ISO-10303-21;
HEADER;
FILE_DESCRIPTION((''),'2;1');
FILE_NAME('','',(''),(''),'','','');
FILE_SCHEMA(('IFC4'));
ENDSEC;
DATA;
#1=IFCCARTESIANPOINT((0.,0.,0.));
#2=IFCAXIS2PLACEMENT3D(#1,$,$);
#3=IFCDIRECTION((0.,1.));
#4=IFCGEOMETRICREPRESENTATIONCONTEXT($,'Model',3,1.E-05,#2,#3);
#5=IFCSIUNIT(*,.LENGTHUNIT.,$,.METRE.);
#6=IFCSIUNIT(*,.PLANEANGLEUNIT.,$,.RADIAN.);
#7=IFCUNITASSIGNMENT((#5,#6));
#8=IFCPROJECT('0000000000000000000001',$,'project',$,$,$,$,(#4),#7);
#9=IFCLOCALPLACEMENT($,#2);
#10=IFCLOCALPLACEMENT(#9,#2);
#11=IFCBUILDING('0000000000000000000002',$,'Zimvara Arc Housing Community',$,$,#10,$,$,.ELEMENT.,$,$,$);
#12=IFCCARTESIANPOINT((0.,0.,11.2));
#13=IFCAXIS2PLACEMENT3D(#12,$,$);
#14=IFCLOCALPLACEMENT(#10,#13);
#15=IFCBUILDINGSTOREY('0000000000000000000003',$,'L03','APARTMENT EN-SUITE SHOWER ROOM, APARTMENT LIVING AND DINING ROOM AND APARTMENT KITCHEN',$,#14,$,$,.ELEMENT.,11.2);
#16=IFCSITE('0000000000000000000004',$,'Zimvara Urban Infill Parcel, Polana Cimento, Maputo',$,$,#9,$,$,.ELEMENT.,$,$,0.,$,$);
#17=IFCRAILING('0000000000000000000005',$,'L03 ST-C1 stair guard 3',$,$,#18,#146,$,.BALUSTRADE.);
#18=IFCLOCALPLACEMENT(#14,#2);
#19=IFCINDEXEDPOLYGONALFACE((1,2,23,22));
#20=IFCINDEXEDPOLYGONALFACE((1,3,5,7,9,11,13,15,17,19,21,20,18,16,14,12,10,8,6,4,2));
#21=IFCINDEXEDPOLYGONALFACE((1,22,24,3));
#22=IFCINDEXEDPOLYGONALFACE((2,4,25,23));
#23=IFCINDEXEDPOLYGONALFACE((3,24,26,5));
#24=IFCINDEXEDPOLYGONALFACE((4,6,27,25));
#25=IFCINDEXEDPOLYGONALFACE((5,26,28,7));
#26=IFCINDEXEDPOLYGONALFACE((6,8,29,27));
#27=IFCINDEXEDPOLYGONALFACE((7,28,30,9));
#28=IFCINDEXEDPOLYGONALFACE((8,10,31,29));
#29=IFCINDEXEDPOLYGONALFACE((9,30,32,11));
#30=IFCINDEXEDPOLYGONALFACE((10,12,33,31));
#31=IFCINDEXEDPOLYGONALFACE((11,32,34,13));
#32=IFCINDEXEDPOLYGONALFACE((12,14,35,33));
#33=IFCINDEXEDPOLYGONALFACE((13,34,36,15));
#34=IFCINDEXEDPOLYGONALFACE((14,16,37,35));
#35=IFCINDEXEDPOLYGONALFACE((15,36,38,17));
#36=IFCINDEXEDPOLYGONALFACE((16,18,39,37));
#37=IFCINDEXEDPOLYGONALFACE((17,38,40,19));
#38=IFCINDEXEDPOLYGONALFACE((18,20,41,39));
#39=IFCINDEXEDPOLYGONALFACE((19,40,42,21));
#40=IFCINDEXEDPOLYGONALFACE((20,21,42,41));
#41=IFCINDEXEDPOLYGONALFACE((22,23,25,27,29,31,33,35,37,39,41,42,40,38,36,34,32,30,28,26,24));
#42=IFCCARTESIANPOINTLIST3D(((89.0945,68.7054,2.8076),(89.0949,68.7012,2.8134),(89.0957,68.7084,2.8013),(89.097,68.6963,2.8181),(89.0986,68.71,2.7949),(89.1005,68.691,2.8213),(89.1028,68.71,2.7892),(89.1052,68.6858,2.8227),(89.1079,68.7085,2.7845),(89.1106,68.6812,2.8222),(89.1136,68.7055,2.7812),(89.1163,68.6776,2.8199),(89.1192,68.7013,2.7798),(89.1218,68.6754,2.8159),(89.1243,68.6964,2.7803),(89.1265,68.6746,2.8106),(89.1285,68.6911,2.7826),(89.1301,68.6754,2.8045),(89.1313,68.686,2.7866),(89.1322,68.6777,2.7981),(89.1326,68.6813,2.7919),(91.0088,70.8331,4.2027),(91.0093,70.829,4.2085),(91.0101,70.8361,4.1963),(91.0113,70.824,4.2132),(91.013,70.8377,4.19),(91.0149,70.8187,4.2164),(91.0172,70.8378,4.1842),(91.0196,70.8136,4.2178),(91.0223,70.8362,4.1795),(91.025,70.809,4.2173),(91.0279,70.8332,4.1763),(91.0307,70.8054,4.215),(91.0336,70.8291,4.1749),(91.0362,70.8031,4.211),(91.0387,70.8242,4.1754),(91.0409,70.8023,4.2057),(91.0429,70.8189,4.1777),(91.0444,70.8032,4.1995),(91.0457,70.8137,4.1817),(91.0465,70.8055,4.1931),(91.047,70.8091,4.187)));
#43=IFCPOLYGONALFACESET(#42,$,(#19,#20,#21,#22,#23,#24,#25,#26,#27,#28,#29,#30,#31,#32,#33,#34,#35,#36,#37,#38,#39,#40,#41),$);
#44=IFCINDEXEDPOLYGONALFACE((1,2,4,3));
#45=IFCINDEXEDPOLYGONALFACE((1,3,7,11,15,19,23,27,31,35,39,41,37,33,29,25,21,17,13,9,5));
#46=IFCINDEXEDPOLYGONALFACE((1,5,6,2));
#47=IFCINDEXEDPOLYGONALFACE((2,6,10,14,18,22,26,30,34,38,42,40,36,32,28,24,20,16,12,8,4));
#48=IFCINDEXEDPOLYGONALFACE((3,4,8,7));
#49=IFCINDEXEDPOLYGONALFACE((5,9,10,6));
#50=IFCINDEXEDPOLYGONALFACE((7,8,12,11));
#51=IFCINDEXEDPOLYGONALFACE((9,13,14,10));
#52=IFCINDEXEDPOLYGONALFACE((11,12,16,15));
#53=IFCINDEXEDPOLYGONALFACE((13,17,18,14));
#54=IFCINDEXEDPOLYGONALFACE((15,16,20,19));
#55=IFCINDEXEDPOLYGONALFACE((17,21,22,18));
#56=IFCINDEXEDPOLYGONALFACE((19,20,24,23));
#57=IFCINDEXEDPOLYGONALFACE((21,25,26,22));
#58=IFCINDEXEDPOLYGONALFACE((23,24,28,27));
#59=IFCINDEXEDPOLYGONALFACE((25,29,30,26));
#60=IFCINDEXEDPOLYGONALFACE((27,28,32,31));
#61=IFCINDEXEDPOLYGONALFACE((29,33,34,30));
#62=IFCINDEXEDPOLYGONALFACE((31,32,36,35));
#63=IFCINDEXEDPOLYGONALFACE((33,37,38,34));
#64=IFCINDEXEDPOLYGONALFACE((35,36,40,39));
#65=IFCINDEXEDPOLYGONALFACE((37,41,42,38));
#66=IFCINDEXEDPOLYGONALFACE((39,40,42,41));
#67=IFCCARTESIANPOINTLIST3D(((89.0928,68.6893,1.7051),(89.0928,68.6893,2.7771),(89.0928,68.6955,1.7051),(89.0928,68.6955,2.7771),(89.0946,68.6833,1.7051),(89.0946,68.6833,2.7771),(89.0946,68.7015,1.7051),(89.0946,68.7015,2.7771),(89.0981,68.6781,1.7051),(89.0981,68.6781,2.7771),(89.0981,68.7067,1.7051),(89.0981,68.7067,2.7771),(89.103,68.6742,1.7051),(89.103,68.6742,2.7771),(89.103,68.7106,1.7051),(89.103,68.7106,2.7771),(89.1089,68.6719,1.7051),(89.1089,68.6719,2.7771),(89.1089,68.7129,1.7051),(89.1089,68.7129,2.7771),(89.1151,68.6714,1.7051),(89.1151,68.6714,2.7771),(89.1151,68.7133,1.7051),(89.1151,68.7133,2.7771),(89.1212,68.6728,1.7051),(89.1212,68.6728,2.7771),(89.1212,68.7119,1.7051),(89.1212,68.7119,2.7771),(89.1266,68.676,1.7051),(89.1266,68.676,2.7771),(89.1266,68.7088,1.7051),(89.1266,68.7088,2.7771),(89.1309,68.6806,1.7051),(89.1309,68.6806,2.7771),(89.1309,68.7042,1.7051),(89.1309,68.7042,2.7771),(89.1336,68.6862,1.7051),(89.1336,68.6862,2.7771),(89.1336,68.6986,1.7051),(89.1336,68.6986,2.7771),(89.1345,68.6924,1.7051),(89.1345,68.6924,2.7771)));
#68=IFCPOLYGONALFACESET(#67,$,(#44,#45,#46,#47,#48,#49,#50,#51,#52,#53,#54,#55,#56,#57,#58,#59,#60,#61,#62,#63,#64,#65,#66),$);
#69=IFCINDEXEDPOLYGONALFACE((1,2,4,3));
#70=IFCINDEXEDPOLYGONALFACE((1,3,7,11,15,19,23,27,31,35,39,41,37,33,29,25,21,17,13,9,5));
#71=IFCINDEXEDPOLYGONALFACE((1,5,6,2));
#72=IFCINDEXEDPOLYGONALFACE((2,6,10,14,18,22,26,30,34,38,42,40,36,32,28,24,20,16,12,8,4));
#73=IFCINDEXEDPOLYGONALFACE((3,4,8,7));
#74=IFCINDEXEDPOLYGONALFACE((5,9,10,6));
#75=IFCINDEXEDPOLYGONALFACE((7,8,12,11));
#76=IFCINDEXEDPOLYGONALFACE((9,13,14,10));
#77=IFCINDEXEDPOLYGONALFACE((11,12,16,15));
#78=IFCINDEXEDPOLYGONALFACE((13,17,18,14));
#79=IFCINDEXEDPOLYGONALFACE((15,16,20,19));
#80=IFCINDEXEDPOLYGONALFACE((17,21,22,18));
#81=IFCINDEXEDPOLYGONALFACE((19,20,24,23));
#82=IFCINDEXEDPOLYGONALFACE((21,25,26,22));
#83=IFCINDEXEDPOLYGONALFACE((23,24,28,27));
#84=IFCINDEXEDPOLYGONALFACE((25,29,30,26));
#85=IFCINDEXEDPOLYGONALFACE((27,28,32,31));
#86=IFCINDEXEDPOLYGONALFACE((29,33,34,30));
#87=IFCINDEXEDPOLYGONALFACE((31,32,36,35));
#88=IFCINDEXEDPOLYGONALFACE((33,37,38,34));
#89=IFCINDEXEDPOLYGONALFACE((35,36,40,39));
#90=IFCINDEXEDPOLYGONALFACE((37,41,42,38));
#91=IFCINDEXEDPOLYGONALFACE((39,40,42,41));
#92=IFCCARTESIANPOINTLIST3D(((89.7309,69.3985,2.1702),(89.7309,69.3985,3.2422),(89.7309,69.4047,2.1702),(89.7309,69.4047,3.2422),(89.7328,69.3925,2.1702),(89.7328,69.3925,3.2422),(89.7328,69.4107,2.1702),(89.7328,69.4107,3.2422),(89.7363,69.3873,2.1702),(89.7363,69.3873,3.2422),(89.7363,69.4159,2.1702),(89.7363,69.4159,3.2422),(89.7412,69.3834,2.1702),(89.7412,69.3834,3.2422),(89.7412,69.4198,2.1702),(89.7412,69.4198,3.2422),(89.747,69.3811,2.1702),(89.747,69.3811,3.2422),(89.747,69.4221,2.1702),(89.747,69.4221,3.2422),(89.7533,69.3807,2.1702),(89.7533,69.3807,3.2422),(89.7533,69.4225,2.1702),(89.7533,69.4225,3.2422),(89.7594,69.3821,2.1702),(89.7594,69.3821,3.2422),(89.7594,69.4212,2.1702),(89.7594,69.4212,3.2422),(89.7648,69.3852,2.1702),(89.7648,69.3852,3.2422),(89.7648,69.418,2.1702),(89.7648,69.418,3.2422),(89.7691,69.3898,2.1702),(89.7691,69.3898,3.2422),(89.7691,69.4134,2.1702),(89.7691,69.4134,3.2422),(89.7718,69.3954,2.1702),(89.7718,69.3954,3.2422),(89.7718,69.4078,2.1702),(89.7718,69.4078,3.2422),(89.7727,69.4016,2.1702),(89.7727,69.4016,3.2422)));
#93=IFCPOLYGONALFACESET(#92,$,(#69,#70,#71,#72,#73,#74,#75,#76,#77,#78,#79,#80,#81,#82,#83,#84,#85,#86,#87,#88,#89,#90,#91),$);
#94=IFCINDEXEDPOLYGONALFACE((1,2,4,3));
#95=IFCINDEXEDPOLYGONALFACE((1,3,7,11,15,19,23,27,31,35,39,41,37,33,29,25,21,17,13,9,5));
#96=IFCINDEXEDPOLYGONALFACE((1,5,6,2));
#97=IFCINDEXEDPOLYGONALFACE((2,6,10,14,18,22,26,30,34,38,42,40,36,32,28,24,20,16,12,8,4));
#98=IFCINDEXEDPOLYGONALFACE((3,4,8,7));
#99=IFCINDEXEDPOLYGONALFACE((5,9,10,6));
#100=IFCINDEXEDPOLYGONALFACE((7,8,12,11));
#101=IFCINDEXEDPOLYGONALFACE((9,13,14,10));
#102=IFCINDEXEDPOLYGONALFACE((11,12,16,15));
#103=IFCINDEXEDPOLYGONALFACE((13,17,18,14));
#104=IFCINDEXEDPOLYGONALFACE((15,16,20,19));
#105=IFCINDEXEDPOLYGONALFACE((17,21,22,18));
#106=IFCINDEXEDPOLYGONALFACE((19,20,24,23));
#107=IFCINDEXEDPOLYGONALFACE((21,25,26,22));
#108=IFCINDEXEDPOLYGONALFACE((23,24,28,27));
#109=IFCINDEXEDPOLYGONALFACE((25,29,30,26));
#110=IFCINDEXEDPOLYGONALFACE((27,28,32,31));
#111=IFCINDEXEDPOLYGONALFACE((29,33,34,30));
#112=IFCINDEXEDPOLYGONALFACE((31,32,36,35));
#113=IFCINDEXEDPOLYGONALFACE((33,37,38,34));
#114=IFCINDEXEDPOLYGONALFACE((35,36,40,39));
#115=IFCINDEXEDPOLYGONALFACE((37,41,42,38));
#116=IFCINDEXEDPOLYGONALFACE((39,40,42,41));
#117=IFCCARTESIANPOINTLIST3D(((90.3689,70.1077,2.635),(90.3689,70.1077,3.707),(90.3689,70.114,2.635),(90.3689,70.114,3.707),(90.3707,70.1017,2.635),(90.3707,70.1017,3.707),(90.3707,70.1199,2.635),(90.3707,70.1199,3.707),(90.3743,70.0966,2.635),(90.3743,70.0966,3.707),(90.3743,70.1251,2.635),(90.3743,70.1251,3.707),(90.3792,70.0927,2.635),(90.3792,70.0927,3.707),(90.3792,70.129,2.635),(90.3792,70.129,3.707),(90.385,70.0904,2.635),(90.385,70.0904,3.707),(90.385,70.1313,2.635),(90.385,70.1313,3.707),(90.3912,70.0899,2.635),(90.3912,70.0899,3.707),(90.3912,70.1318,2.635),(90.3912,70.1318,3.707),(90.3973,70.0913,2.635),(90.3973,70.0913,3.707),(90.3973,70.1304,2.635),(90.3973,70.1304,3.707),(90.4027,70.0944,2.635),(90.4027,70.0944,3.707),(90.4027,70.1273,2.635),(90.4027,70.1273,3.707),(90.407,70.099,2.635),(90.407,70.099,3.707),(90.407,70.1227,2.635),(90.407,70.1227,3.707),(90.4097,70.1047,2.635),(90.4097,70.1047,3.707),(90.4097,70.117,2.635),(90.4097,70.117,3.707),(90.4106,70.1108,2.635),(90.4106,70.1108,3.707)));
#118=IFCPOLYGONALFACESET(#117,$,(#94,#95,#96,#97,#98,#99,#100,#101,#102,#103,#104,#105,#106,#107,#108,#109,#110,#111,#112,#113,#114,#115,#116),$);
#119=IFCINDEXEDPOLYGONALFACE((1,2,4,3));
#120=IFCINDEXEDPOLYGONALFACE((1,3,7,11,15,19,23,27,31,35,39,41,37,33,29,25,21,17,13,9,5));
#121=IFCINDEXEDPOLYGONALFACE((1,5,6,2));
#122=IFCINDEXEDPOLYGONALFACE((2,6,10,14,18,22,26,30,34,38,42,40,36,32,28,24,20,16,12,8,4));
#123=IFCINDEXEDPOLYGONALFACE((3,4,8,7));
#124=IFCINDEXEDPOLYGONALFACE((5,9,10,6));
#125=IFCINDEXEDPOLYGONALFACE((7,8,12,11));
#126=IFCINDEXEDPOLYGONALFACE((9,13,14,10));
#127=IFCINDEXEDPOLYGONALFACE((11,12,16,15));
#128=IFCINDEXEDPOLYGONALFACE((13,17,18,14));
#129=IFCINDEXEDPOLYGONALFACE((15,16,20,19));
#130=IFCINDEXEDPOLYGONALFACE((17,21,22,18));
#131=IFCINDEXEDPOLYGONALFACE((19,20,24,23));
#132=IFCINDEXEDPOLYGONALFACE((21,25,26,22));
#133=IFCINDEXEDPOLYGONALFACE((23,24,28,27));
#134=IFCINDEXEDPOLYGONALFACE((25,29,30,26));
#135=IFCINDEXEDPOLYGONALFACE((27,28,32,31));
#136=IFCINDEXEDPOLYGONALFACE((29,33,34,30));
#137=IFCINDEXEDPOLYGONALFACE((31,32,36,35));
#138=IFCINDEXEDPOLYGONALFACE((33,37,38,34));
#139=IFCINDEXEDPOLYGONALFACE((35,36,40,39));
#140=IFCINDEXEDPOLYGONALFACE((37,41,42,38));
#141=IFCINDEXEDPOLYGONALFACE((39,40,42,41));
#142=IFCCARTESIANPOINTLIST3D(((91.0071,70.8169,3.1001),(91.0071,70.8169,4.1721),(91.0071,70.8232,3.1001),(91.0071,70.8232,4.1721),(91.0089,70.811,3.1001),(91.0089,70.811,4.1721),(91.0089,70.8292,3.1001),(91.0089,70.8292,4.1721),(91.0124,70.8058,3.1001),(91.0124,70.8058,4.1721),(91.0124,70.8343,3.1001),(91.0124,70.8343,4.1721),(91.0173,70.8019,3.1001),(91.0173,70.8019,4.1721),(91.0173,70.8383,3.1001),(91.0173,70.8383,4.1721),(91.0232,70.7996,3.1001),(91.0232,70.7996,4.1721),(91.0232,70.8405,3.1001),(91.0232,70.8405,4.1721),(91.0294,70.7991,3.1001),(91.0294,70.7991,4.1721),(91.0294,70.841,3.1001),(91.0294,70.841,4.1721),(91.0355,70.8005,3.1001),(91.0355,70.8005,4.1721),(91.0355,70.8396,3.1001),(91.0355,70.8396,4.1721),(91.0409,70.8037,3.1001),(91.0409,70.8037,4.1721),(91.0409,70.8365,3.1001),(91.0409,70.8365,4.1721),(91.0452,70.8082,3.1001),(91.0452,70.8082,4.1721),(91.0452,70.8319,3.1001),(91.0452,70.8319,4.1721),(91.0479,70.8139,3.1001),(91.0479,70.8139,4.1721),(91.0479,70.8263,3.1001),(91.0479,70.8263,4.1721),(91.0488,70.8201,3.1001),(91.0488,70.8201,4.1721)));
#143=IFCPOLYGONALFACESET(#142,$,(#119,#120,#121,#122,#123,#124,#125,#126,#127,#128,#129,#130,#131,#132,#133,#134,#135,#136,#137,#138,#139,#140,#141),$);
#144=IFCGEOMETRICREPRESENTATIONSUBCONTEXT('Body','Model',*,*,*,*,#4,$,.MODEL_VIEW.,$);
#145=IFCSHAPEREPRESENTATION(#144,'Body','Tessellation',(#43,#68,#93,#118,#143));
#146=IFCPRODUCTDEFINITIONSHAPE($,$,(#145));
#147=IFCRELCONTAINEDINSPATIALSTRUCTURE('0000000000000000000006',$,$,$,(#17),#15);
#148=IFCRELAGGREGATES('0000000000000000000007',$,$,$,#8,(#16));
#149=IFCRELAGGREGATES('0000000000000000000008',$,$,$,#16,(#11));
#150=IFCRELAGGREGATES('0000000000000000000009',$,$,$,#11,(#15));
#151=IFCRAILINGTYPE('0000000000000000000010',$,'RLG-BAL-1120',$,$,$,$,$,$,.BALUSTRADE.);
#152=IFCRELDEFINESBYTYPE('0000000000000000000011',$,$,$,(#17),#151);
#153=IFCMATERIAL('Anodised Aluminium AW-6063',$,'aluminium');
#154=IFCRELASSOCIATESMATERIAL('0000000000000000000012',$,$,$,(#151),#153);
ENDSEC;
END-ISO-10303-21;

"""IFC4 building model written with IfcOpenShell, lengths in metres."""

from ifc_helpers import new_model, si_unit, direction, frame, origin, origin_2d, place, context, subcontext, project, spatial, circle, extrude, material, type_object, element, save


model = new_model("IFC4")

# Units and contexts
model_context = context("Model", 3, precision=1e-05, world=origin(), true_north=direction((0.0, 1.0)))
body_context = subcontext(model_context, "Body", "Model", "MODEL_VIEW")
ifc_project = project(units=[si_unit("LENGTHUNIT", "METRE"), si_unit("PLANEANGLEUNIT", "RADIAN")], contexts=[model_context])

# Site, building, storey
site_placement = place(None, origin())
site = spatial("IfcSite", under=ifc_project, at=site_placement, Name="Zimvara Urban Infill Parcel, Polana Cimento, Maputo", CompositionType="ELEMENT", RefElevation=0.0)
building_placement = place(site_placement, origin())
building = spatial("IfcBuilding", under=site, at=building_placement, Name="Zimvara Arc Housing Community", CompositionType="ELEMENT")
storey_placement = place(building_placement, frame((0.0, 0.0, 11.2)))
storey = spatial("IfcBuildingStorey", under=building, at=storey_placement, Name="L03", Description="APARTMENT EN-SUITE SHOWER ROOM, APARTMENT LIVING AND DINING ROOM AND APARTMENT KITCHEN", CompositionType="ELEMENT", Elevation=11.2)

# Railing
ifc_material_1 = material(Name="Anodised Aluminium AW-6063", Category="aluminium")
railing_type_1 = type_object("IfcRailingType", Name="RLG-BAL-1120", PredefinedType="BALUSTRADE", material=ifc_material_1)
railing_1_placement = place(storey_placement, frame((89.1135, 68.6924, 1.7051)))
element("IfcRailing", 1, at=railing_1_placement, inside=storey, type_object=railing_type_1, Name="L03 ST-C1 stair guard 3", PredefinedType="BALUSTRADE", context=body_context, shape_type="SweptSolid", body=[
    extrude(circle(Radius=0.0239, at=origin_2d()), frame((0.0, 0.0, 1.0962), z_axis=(0.601232, 0.668248, 0.438138), x_axis=(-0.7434, 0.668847, 0.0)), (0.0, 0.0, 1.0), 3.1841),
    extrude(circle(Radius=0.021, at=origin_2d()), origin(), (0.0, 0.0, 1.0), 1.072),
    extrude(circle(Radius=0.021, at=origin_2d()), frame((0.6382, 0.7092, 0.4651)), (0.0, 0.0, 1.0), 1.072),
    extrude(circle(Radius=0.021, at=origin_2d()), frame((1.2761, 1.4185, 0.9299)), (0.0, 0.0, 1.0), 1.072),
    extrude(circle(Radius=0.021, at=origin_2d()), frame((1.9143, 2.1277, 1.395)), (0.0, 0.0, 1.0), 1.072),
])

save(model, "model.ifc")
